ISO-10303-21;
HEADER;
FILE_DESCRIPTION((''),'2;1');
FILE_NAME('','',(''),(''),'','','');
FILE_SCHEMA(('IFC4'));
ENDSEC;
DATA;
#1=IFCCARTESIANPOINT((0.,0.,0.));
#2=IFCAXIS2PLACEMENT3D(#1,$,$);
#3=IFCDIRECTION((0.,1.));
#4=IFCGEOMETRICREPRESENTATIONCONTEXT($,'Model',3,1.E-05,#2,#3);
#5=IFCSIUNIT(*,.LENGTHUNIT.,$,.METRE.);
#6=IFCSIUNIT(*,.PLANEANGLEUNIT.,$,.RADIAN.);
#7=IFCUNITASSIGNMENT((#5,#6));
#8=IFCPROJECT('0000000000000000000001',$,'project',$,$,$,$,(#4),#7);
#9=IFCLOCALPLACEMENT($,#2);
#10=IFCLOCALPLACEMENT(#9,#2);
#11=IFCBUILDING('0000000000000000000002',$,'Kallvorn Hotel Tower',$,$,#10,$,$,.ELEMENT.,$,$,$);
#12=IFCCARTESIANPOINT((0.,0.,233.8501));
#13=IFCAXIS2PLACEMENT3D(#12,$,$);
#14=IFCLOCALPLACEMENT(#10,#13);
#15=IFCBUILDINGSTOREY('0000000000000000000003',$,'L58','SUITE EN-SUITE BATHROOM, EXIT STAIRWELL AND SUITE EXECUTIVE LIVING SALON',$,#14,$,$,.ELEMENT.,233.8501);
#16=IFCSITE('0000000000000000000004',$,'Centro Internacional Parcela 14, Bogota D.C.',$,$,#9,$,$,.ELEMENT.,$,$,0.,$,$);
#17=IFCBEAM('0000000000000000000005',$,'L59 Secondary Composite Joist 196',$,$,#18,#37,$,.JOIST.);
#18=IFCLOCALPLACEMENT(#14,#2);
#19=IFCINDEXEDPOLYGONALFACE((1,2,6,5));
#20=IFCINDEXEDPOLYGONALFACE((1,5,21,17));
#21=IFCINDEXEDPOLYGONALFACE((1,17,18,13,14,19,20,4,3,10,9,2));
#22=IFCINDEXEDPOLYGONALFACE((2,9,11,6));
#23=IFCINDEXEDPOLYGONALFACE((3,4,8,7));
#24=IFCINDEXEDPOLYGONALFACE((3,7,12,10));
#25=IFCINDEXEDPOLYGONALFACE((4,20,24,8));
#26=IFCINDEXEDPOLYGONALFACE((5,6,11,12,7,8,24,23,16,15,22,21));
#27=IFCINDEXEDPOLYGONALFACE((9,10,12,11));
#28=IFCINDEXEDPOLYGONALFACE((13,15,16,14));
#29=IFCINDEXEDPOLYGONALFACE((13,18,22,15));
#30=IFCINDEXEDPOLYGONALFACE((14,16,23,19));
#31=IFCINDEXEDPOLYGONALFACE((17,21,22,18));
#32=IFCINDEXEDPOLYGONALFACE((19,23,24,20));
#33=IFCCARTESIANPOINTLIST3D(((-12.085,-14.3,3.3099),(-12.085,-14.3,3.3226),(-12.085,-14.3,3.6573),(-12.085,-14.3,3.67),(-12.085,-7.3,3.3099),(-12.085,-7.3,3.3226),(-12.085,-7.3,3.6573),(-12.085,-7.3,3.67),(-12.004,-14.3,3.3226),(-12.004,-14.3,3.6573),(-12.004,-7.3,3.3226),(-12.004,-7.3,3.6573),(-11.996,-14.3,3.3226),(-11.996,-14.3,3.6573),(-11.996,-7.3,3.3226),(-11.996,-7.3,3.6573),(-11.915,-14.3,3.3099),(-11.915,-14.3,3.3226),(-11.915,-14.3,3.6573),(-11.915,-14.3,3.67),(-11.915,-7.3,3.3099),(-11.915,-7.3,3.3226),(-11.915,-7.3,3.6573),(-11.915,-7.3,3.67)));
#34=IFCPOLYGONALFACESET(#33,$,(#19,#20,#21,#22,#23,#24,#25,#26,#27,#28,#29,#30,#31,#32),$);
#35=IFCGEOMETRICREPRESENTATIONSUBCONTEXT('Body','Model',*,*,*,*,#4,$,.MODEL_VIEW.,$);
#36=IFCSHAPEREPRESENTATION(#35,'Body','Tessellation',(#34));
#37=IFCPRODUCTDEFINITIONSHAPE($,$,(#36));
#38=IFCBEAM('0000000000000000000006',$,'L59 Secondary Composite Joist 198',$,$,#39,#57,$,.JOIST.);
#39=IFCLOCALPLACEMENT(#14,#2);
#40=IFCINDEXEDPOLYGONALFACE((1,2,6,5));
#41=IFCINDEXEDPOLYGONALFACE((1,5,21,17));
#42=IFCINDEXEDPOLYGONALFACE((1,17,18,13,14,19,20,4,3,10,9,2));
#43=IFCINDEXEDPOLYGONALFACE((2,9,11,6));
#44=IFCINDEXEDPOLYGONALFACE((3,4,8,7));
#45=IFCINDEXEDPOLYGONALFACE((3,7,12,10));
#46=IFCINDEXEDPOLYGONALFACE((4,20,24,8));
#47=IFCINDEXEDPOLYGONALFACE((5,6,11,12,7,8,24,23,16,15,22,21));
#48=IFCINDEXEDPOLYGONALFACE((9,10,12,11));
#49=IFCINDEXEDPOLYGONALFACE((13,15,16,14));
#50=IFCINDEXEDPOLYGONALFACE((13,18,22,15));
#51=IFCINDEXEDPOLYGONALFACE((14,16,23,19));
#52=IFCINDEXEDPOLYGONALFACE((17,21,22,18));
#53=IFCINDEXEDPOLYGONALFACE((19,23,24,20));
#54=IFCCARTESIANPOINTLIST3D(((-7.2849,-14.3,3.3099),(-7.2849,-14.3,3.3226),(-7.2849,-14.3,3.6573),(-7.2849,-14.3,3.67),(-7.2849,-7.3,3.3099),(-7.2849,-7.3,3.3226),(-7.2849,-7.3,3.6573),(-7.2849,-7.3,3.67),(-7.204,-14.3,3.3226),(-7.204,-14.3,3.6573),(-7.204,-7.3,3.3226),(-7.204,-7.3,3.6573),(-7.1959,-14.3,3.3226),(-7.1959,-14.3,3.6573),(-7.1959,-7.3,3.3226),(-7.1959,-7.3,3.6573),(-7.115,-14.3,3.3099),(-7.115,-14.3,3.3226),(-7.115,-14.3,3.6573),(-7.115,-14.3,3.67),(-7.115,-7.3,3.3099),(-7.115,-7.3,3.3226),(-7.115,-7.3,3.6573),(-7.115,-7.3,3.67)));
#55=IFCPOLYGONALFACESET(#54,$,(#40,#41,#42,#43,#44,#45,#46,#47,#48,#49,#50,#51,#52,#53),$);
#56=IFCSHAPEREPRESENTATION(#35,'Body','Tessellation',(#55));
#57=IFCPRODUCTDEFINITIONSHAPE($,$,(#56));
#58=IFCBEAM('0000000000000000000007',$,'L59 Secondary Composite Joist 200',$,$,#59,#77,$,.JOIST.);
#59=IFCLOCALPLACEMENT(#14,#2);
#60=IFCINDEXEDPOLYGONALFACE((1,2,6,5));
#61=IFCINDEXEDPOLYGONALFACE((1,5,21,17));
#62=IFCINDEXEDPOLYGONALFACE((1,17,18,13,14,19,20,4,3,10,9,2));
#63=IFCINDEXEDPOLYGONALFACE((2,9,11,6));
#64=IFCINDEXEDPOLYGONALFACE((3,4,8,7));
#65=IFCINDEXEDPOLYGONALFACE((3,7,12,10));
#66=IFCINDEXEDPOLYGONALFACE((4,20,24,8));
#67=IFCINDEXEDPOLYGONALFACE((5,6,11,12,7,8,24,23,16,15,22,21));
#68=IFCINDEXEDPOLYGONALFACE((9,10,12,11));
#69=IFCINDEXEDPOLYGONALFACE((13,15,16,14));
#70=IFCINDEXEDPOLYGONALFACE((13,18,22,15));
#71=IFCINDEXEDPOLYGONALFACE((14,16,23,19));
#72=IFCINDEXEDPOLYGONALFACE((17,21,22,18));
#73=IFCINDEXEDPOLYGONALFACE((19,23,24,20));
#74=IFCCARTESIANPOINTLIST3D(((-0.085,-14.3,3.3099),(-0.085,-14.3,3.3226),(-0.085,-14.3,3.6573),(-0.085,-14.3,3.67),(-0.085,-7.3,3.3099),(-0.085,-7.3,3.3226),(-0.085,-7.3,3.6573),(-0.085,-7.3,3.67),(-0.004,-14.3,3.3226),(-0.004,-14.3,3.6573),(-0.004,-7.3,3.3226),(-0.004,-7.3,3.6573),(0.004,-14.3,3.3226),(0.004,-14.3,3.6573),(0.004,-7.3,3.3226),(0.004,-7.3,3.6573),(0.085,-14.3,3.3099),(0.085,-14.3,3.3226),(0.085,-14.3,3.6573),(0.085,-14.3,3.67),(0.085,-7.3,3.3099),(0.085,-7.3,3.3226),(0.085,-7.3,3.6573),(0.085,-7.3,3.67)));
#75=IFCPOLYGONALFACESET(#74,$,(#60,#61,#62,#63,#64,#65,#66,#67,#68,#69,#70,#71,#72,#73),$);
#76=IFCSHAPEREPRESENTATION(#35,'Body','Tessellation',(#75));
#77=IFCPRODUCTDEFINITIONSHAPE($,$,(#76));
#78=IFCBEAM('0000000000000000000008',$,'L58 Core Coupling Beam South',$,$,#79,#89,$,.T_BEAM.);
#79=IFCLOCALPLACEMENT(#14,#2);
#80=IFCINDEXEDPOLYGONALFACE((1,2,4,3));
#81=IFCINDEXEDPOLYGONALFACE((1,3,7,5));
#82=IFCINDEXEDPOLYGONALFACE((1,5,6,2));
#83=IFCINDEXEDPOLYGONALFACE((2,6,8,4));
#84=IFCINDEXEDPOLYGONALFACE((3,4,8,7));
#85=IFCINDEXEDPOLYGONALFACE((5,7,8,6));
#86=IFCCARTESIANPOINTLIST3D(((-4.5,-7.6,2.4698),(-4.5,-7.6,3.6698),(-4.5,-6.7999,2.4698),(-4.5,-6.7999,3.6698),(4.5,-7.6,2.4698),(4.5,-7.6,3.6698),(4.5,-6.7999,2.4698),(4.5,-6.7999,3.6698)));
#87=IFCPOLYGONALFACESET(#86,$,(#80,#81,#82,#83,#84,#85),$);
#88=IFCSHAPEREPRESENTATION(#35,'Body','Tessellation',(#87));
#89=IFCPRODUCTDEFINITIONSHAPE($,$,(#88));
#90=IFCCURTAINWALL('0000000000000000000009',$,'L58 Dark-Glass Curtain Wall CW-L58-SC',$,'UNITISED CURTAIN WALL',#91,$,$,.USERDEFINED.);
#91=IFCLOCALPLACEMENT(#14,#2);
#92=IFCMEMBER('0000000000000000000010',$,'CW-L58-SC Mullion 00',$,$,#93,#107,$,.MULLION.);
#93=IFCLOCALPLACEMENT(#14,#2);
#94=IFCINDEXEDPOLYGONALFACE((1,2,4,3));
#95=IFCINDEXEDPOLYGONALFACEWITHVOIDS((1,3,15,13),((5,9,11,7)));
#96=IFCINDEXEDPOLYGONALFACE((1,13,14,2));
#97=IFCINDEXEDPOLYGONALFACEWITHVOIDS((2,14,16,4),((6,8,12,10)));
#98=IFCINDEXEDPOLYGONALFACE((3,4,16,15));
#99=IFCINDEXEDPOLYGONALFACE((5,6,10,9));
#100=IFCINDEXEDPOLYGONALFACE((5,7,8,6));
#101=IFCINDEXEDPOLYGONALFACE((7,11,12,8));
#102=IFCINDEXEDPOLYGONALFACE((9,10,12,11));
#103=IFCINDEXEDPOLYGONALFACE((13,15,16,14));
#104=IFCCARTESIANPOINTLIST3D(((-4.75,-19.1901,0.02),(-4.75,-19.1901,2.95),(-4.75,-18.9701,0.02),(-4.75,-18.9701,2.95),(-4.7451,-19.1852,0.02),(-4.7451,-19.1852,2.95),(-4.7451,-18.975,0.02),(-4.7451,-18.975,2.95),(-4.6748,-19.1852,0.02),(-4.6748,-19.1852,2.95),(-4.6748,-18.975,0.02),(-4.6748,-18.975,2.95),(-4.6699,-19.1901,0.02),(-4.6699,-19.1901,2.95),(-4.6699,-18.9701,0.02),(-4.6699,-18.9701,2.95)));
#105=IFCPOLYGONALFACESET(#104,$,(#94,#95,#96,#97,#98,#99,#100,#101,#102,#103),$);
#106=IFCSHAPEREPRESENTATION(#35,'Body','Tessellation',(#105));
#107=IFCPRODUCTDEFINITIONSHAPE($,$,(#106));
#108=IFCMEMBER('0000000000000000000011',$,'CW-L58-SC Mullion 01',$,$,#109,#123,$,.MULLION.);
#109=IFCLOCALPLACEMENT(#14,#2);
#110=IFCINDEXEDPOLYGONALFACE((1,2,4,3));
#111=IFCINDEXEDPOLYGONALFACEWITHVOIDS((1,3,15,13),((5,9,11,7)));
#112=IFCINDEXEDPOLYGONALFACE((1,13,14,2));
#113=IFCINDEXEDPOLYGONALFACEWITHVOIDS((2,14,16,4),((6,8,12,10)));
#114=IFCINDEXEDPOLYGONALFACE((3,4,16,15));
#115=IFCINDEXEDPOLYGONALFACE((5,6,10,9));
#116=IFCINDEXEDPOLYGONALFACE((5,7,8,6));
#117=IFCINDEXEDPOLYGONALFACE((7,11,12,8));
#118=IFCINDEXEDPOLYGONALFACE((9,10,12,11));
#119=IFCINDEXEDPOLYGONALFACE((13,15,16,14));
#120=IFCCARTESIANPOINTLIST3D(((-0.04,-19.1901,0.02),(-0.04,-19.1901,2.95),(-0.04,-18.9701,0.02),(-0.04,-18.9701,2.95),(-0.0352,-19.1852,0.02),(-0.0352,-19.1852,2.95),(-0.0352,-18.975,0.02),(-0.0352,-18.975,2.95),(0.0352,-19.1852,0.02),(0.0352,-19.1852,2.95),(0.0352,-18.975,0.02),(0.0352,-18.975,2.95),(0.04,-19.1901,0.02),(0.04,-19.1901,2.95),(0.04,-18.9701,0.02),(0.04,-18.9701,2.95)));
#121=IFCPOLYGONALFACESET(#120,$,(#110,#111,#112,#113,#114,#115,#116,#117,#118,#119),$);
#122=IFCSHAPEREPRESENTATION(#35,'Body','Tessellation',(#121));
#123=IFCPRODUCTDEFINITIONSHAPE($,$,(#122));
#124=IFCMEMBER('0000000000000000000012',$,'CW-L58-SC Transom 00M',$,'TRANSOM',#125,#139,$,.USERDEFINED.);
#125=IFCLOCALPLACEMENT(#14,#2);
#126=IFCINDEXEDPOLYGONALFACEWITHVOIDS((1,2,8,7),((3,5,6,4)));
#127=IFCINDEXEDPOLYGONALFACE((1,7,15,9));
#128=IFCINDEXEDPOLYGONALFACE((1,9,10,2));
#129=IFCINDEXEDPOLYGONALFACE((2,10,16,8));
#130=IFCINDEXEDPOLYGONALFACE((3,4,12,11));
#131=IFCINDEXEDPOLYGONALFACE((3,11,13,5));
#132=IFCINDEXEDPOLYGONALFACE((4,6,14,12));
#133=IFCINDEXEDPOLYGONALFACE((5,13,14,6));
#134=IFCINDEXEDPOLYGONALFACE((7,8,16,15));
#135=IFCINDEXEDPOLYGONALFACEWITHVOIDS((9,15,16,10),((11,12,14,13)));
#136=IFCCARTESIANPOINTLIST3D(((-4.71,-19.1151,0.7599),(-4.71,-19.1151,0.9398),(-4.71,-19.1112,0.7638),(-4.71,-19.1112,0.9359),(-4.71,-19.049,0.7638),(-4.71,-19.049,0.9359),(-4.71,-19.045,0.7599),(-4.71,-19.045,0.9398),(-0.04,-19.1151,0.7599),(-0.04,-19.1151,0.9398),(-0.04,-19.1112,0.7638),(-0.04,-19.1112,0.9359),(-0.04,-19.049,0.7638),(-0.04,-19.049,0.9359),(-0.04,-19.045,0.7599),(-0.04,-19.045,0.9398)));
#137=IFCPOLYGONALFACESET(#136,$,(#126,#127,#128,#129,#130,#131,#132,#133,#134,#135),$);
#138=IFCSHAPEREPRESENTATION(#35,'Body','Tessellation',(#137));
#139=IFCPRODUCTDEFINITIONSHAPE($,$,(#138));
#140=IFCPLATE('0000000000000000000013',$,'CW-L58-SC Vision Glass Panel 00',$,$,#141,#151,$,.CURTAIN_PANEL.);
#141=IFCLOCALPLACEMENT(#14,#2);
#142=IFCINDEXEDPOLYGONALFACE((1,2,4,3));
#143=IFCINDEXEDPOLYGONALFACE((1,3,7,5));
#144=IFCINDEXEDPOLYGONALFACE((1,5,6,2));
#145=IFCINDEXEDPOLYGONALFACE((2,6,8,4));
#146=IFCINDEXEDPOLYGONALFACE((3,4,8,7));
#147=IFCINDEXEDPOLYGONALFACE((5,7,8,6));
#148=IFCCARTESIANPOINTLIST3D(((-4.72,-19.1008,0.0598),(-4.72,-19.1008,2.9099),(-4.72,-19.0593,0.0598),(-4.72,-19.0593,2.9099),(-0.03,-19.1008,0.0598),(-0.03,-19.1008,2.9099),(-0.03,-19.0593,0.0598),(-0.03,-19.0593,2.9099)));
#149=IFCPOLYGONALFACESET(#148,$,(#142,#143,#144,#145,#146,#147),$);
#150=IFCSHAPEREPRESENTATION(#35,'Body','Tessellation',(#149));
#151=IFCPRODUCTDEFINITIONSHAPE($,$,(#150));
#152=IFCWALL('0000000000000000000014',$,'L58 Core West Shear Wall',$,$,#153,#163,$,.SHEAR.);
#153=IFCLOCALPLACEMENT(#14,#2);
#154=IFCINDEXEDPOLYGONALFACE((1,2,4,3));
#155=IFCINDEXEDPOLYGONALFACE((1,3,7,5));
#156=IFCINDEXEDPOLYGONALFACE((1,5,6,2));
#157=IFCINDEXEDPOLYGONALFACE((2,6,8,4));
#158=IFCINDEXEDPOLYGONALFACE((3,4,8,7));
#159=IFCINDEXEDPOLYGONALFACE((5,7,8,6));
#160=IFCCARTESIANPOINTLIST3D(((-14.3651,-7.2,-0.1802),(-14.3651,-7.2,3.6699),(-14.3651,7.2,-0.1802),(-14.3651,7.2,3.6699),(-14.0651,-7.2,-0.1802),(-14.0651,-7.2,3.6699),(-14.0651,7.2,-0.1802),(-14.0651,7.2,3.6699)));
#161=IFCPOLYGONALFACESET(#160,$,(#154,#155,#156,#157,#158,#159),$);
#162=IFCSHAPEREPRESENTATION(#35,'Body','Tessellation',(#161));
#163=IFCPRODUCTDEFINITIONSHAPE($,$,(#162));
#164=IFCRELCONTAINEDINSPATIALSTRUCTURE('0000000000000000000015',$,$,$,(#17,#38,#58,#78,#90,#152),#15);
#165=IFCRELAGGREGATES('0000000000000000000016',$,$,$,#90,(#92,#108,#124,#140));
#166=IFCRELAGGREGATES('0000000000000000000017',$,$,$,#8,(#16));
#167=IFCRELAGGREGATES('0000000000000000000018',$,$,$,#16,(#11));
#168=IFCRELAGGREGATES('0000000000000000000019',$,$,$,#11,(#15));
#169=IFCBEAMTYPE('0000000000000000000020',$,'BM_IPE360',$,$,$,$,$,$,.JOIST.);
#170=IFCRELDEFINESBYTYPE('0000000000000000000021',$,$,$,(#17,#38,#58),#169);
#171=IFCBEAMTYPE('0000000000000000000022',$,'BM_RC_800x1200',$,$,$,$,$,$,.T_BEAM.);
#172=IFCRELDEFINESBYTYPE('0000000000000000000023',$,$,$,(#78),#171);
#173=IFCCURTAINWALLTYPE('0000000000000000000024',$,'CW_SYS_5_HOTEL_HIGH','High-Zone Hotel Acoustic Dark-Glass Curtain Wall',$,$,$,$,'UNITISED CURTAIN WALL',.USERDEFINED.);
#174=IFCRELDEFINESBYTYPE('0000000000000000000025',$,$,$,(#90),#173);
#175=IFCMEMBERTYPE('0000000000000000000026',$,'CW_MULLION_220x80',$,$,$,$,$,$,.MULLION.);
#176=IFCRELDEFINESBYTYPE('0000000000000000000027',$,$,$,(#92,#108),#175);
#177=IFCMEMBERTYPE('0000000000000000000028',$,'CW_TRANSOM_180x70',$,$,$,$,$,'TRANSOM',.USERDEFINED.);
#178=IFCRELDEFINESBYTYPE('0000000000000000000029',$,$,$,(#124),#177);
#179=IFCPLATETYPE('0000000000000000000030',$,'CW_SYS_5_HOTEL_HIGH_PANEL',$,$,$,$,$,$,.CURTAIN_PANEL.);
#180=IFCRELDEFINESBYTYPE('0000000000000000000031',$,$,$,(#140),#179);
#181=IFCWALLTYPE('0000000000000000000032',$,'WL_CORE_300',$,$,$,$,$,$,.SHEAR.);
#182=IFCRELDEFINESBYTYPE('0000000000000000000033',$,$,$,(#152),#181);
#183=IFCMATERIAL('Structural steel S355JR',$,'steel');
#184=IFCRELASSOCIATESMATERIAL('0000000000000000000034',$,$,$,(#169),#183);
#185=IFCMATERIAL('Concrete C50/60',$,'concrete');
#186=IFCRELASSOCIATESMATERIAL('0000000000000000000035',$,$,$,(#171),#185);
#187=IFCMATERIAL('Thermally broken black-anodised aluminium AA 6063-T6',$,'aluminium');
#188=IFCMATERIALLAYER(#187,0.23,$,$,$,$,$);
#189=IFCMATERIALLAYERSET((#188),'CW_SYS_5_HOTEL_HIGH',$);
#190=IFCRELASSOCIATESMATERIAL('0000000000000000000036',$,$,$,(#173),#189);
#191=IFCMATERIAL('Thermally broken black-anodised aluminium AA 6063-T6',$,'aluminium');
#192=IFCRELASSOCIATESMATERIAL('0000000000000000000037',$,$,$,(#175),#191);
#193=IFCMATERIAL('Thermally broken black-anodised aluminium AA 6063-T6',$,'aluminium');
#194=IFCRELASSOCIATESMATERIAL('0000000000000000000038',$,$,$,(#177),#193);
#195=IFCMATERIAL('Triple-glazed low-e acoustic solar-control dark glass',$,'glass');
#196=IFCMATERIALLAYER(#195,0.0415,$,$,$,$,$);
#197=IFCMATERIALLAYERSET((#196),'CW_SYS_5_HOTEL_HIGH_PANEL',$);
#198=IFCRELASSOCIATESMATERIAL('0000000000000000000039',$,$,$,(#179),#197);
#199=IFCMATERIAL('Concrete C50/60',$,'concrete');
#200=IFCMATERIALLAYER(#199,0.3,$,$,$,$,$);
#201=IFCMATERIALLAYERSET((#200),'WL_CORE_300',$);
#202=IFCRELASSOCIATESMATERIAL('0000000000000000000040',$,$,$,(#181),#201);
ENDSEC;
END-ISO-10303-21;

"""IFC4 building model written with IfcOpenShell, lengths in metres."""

from ifc_helpers import new_model, si_unit, direction, frame, frame_2d, origin, origin_2d, place, context, subcontext, project, spatial, rectangle, hollow_rectangle, i_section, extrude, material, layer, layer_set, material_profile, profile_set, type_object, element, aggregate, save


model = new_model("IFC4")

# Units and contexts
model_context = context("Model", 3, precision=1e-05, world=origin(), true_north=direction((0.0, 1.0)))
body_context = subcontext(model_context, "Body", "Model", "MODEL_VIEW")
ifc_project = project(units=[si_unit("LENGTHUNIT", "METRE"), si_unit("PLANEANGLEUNIT", "RADIAN")], contexts=[model_context])

# Site, building, storey
site_placement = place(None, origin())
site = spatial("IfcSite", under=ifc_project, at=site_placement, Name="Centro Internacional Parcela 14, Bogota D.C.", CompositionType="ELEMENT", RefElevation=0.0)
building_placement = place(site_placement, origin())
building = spatial("IfcBuilding", under=site, at=building_placement, Name="Kallvorn Hotel Tower", CompositionType="ELEMENT")
storey_placement = place(building_placement, frame((0.0, 0.0, 233.8501)))
storey = spatial("IfcBuildingStorey", under=building, at=storey_placement, Name="L58", Description="SUITE EN-SUITE BATHROOM, EXIT STAIRWELL AND SUITE EXECUTIVE LIVING SALON", CompositionType="ELEMENT", Elevation=233.8501)

# Beams
ifc_material_1 = material(Name="Structural steel S355JR", Category="steel")
ifc_material_profile_1 = material_profile(ifc_material_1, i_section(OverallWidth=0.1699, OverallDepth=0.3601, WebThickness=0.0081, FlangeThickness=0.0127, at=origin_2d()), Name="IPE 360")
ifc_profile_set_1 = profile_set([ifc_material_profile_1], Name="Structural steel S355JR")
beam_type_1 = type_object("IfcBeamType", Name="BM_IPE360", PredefinedType="JOIST", material=ifc_profile_set_1)
for number, where, z_axis, x_axis, name in (
    (1, (-12.0, -14.3, 3.49), (0.0, 1.0, 0.0), (-1.0, 0.0, 0.0), "L59 Secondary Composite Joist 196"),
    (2, (-7.2, -14.3, 3.49), (0.0, 1.0, 0.0), (-1.0, 0.0, 0.0), "L59 Secondary Composite Joist 198"),
    (3, (0.0, -14.3, 3.49), (0.0, 1.0, 0.0), (-1.0, 0.0, 0.0), "L59 Secondary Composite Joist 200"),
):
    element("IfcBeam", number, at=place(storey_placement, frame(where, z_axis=z_axis, x_axis=x_axis)), inside=storey, type_object=beam_type_1, Name=name, PredefinedType="JOIST", context=body_context, shape_type="SweptSolid", body=[
        extrude(i_section(OverallWidth=0.1699, OverallDepth=0.3601, WebThickness=0.0081, FlangeThickness=0.0127, at=origin_2d()), origin(), (0.0, 0.0, 1.0), 7.0),
    ])
ifc_material_2 = material(Name="Concrete C50/60", Category="concrete")
ifc_material_profile_2 = material_profile(ifc_material_2, rectangle(XDim=0.8, YDim=1.2, at=origin_2d()), Name="RC 800x1200")
ifc_profile_set_2 = profile_set([ifc_material_profile_2], Name="Concrete C50/60")
beam_type_2 = type_object("IfcBeamType", Name="BM_RC_800x1200", PredefinedType="T_BEAM", material=ifc_profile_set_2)
beam_1_placement = place(storey_placement, frame((-4.5, -7.2, 3.0698), z_axis=(1.0, 0.0, 0.0), x_axis=(0.0, 1.0, 0.0)))
element("IfcBeam", 4, at=beam_1_placement, inside=storey, type_object=beam_type_2, Name="L58 Core Coupling Beam South", PredefinedType="T_BEAM", context=body_context, shape_type="SweptSolid", body=[
    extrude(rectangle(XDim=0.8, YDim=1.2, at=origin_2d()), origin(), (0.0, 0.0, 1.0), 9.0),
])

# Curtain wall, members, plate
ifc_material_3 = material(Name="Thermally broken black-anodised aluminium AA 6063-T6", Category="aluminium")
ifc_layer_1 = layer(ifc_material_3, 0.23)
ifc_layer_set_1 = layer_set([ifc_layer_1], Name="CW_SYS_5_HOTEL_HIGH")
curtain_wall_type = type_object("IfcCurtainWallType", Name="CW_SYS_5_HOTEL_HIGH", Description="High-Zone Hotel Acoustic Dark-Glass Curtain Wall", ElementType="UNITISED CURTAIN WALL", PredefinedType="USERDEFINED", material=ifc_layer_set_1)
curtain_wall_placement = place(storey_placement, origin())
curtain_wall = element("IfcCurtainWall", 5, at=curtain_wall_placement, inside=storey, type_object=curtain_wall_type, Name="L58 Dark-Glass Curtain Wall CW-L58-SC", ObjectType="UNITISED CURTAIN WALL", PredefinedType="USERDEFINED")
ifc_material_4 = material(Name="Thermally broken black-anodised aluminium AA 6063-T6", Category="aluminium")
ifc_material_profile_3 = material_profile(ifc_material_4, hollow_rectangle(XDim=0.0801, YDim=0.22, WallThickness=0.0049, at=origin_2d()), Name="MUL 220x80")
ifc_profile_set_3 = profile_set([ifc_material_profile_3], Name="Thermally broken black-anodised aluminium AA 6063-T6")
member_type_1 = type_object("IfcMemberType", Name="CW_MULLION_220x80", PredefinedType="MULLION", material=ifc_profile_set_3)
member_1_placement = place(storey_placement, frame((-4.71, -19.0801, 0.02), z_axis=(0.0, 0.0, 1.0), x_axis=(1.0, 0.0, 0.0)))
member_1 = element("IfcMember", 6, at=member_1_placement, type_object=member_type_1, Name="CW-L58-SC Mullion 00", PredefinedType="MULLION", context=body_context, shape_type="SweptSolid", body=[
    extrude(hollow_rectangle(XDim=0.0801, YDim=0.22, WallThickness=0.0049, at=origin_2d()), origin(), (0.0, 0.0, 1.0), 2.9299),
])
member_2_placement = place(storey_placement, frame((0.0, -19.0801, 0.02), z_axis=(0.0, 0.0, 1.0), x_axis=(1.0, 0.0, 0.0)))
member_2 = element("IfcMember", 7, at=member_2_placement, type_object=member_type_1, Name="CW-L58-SC Mullion 01", PredefinedType="MULLION", context=body_context, shape_type="SweptSolid", body=[
    extrude(hollow_rectangle(XDim=0.0801, YDim=0.22, WallThickness=0.0049, at=origin_2d()), origin(), (0.0, 0.0, 1.0), 2.9299),
])
ifc_material_5 = material(Name="Thermally broken black-anodised aluminium AA 6063-T6", Category="aluminium")
ifc_material_profile_4 = material_profile(ifc_material_5, hollow_rectangle(XDim=0.0701, YDim=0.1799, WallThickness=0.0039, at=origin_2d()), Name="TRN 180x70")
ifc_profile_set_4 = profile_set([ifc_material_profile_4], Name="Thermally broken black-anodised aluminium AA 6063-T6")
member_type_2 = type_object("IfcMemberType", Name="CW_TRANSOM_180x70", ElementType="TRANSOM", PredefinedType="USERDEFINED", material=ifc_profile_set_4)
member_3_placement = place(storey_placement, frame((-4.71, -19.0801, 0.8499), z_axis=(1.0, 0.0, 0.0), x_axis=(0.0, 1.0, 0.0)))
member_3 = element("IfcMember", 8, at=member_3_placement, type_object=member_type_2, Name="CW-L58-SC Transom 00M", ObjectType="TRANSOM", PredefinedType="USERDEFINED", context=body_context, shape_type="SweptSolid", body=[
    extrude(hollow_rectangle(XDim=0.0701, YDim=0.1799, WallThickness=0.0039, at=origin_2d()), origin(), (0.0, 0.0, 1.0), 4.6699),
])
ifc_material_6 = material(Name="Triple-glazed low-e acoustic solar-control dark glass", Category="glass")
ifc_layer_2 = layer(ifc_material_6, 0.0415)
ifc_layer_set_2 = layer_set([ifc_layer_2], Name="CW_SYS_5_HOTEL_HIGH_PANEL")
plate_type = type_object("IfcPlateType", Name="CW_SYS_5_HOTEL_HIGH_PANEL", PredefinedType="CURTAIN_PANEL", material=ifc_layer_set_2)
plate_placement = place(storey_placement, frame((-2.375, -19.0801, 0.0598), z_axis=(0.0, 0.0, 1.0), x_axis=(1.0, 0.0, 0.0)))
plate = element("IfcPlate", 9, at=plate_placement, type_object=plate_type, Name="CW-L58-SC Vision Glass Panel 00", PredefinedType="CURTAIN_PANEL", context=body_context, shape_type="SweptSolid", body=[
    extrude(rectangle(XDim=4.6899, YDim=0.0415, at=origin_2d()), origin(), (0.0, 0.0, 1.0), 2.8501),
])
aggregate(curtain_wall, [member_1, member_2, member_3, plate])

# Wall
ifc_material_7 = material(Name="Concrete C50/60", Category="concrete")
ifc_layer_3 = layer(ifc_material_7, 0.3)
ifc_layer_set_3 = layer_set([ifc_layer_3], Name="WL_CORE_300")
wall_type_1 = type_object("IfcWallType", Name="WL_CORE_300", PredefinedType="SHEAR", material=ifc_layer_set_3)
wall_1_placement = place(storey_placement, frame((-14.2151, -7.2, -0.1802), z_axis=(0.0, 0.0, 1.0), x_axis=(0.0, 1.0, 0.0)))
element("IfcWall", 10, at=wall_1_placement, inside=storey, type_object=wall_type_1, Name="L58 Core West Shear Wall", PredefinedType="SHEAR", context=body_context, shape_type="SweptSolid", body=[
    extrude(rectangle(XDim=14.3999, YDim=0.3, at=frame_2d((7.2, 0.0))), origin(), (0.0, 0.0, 1.0), 3.8501),
])

save(model, "model.ifc")
